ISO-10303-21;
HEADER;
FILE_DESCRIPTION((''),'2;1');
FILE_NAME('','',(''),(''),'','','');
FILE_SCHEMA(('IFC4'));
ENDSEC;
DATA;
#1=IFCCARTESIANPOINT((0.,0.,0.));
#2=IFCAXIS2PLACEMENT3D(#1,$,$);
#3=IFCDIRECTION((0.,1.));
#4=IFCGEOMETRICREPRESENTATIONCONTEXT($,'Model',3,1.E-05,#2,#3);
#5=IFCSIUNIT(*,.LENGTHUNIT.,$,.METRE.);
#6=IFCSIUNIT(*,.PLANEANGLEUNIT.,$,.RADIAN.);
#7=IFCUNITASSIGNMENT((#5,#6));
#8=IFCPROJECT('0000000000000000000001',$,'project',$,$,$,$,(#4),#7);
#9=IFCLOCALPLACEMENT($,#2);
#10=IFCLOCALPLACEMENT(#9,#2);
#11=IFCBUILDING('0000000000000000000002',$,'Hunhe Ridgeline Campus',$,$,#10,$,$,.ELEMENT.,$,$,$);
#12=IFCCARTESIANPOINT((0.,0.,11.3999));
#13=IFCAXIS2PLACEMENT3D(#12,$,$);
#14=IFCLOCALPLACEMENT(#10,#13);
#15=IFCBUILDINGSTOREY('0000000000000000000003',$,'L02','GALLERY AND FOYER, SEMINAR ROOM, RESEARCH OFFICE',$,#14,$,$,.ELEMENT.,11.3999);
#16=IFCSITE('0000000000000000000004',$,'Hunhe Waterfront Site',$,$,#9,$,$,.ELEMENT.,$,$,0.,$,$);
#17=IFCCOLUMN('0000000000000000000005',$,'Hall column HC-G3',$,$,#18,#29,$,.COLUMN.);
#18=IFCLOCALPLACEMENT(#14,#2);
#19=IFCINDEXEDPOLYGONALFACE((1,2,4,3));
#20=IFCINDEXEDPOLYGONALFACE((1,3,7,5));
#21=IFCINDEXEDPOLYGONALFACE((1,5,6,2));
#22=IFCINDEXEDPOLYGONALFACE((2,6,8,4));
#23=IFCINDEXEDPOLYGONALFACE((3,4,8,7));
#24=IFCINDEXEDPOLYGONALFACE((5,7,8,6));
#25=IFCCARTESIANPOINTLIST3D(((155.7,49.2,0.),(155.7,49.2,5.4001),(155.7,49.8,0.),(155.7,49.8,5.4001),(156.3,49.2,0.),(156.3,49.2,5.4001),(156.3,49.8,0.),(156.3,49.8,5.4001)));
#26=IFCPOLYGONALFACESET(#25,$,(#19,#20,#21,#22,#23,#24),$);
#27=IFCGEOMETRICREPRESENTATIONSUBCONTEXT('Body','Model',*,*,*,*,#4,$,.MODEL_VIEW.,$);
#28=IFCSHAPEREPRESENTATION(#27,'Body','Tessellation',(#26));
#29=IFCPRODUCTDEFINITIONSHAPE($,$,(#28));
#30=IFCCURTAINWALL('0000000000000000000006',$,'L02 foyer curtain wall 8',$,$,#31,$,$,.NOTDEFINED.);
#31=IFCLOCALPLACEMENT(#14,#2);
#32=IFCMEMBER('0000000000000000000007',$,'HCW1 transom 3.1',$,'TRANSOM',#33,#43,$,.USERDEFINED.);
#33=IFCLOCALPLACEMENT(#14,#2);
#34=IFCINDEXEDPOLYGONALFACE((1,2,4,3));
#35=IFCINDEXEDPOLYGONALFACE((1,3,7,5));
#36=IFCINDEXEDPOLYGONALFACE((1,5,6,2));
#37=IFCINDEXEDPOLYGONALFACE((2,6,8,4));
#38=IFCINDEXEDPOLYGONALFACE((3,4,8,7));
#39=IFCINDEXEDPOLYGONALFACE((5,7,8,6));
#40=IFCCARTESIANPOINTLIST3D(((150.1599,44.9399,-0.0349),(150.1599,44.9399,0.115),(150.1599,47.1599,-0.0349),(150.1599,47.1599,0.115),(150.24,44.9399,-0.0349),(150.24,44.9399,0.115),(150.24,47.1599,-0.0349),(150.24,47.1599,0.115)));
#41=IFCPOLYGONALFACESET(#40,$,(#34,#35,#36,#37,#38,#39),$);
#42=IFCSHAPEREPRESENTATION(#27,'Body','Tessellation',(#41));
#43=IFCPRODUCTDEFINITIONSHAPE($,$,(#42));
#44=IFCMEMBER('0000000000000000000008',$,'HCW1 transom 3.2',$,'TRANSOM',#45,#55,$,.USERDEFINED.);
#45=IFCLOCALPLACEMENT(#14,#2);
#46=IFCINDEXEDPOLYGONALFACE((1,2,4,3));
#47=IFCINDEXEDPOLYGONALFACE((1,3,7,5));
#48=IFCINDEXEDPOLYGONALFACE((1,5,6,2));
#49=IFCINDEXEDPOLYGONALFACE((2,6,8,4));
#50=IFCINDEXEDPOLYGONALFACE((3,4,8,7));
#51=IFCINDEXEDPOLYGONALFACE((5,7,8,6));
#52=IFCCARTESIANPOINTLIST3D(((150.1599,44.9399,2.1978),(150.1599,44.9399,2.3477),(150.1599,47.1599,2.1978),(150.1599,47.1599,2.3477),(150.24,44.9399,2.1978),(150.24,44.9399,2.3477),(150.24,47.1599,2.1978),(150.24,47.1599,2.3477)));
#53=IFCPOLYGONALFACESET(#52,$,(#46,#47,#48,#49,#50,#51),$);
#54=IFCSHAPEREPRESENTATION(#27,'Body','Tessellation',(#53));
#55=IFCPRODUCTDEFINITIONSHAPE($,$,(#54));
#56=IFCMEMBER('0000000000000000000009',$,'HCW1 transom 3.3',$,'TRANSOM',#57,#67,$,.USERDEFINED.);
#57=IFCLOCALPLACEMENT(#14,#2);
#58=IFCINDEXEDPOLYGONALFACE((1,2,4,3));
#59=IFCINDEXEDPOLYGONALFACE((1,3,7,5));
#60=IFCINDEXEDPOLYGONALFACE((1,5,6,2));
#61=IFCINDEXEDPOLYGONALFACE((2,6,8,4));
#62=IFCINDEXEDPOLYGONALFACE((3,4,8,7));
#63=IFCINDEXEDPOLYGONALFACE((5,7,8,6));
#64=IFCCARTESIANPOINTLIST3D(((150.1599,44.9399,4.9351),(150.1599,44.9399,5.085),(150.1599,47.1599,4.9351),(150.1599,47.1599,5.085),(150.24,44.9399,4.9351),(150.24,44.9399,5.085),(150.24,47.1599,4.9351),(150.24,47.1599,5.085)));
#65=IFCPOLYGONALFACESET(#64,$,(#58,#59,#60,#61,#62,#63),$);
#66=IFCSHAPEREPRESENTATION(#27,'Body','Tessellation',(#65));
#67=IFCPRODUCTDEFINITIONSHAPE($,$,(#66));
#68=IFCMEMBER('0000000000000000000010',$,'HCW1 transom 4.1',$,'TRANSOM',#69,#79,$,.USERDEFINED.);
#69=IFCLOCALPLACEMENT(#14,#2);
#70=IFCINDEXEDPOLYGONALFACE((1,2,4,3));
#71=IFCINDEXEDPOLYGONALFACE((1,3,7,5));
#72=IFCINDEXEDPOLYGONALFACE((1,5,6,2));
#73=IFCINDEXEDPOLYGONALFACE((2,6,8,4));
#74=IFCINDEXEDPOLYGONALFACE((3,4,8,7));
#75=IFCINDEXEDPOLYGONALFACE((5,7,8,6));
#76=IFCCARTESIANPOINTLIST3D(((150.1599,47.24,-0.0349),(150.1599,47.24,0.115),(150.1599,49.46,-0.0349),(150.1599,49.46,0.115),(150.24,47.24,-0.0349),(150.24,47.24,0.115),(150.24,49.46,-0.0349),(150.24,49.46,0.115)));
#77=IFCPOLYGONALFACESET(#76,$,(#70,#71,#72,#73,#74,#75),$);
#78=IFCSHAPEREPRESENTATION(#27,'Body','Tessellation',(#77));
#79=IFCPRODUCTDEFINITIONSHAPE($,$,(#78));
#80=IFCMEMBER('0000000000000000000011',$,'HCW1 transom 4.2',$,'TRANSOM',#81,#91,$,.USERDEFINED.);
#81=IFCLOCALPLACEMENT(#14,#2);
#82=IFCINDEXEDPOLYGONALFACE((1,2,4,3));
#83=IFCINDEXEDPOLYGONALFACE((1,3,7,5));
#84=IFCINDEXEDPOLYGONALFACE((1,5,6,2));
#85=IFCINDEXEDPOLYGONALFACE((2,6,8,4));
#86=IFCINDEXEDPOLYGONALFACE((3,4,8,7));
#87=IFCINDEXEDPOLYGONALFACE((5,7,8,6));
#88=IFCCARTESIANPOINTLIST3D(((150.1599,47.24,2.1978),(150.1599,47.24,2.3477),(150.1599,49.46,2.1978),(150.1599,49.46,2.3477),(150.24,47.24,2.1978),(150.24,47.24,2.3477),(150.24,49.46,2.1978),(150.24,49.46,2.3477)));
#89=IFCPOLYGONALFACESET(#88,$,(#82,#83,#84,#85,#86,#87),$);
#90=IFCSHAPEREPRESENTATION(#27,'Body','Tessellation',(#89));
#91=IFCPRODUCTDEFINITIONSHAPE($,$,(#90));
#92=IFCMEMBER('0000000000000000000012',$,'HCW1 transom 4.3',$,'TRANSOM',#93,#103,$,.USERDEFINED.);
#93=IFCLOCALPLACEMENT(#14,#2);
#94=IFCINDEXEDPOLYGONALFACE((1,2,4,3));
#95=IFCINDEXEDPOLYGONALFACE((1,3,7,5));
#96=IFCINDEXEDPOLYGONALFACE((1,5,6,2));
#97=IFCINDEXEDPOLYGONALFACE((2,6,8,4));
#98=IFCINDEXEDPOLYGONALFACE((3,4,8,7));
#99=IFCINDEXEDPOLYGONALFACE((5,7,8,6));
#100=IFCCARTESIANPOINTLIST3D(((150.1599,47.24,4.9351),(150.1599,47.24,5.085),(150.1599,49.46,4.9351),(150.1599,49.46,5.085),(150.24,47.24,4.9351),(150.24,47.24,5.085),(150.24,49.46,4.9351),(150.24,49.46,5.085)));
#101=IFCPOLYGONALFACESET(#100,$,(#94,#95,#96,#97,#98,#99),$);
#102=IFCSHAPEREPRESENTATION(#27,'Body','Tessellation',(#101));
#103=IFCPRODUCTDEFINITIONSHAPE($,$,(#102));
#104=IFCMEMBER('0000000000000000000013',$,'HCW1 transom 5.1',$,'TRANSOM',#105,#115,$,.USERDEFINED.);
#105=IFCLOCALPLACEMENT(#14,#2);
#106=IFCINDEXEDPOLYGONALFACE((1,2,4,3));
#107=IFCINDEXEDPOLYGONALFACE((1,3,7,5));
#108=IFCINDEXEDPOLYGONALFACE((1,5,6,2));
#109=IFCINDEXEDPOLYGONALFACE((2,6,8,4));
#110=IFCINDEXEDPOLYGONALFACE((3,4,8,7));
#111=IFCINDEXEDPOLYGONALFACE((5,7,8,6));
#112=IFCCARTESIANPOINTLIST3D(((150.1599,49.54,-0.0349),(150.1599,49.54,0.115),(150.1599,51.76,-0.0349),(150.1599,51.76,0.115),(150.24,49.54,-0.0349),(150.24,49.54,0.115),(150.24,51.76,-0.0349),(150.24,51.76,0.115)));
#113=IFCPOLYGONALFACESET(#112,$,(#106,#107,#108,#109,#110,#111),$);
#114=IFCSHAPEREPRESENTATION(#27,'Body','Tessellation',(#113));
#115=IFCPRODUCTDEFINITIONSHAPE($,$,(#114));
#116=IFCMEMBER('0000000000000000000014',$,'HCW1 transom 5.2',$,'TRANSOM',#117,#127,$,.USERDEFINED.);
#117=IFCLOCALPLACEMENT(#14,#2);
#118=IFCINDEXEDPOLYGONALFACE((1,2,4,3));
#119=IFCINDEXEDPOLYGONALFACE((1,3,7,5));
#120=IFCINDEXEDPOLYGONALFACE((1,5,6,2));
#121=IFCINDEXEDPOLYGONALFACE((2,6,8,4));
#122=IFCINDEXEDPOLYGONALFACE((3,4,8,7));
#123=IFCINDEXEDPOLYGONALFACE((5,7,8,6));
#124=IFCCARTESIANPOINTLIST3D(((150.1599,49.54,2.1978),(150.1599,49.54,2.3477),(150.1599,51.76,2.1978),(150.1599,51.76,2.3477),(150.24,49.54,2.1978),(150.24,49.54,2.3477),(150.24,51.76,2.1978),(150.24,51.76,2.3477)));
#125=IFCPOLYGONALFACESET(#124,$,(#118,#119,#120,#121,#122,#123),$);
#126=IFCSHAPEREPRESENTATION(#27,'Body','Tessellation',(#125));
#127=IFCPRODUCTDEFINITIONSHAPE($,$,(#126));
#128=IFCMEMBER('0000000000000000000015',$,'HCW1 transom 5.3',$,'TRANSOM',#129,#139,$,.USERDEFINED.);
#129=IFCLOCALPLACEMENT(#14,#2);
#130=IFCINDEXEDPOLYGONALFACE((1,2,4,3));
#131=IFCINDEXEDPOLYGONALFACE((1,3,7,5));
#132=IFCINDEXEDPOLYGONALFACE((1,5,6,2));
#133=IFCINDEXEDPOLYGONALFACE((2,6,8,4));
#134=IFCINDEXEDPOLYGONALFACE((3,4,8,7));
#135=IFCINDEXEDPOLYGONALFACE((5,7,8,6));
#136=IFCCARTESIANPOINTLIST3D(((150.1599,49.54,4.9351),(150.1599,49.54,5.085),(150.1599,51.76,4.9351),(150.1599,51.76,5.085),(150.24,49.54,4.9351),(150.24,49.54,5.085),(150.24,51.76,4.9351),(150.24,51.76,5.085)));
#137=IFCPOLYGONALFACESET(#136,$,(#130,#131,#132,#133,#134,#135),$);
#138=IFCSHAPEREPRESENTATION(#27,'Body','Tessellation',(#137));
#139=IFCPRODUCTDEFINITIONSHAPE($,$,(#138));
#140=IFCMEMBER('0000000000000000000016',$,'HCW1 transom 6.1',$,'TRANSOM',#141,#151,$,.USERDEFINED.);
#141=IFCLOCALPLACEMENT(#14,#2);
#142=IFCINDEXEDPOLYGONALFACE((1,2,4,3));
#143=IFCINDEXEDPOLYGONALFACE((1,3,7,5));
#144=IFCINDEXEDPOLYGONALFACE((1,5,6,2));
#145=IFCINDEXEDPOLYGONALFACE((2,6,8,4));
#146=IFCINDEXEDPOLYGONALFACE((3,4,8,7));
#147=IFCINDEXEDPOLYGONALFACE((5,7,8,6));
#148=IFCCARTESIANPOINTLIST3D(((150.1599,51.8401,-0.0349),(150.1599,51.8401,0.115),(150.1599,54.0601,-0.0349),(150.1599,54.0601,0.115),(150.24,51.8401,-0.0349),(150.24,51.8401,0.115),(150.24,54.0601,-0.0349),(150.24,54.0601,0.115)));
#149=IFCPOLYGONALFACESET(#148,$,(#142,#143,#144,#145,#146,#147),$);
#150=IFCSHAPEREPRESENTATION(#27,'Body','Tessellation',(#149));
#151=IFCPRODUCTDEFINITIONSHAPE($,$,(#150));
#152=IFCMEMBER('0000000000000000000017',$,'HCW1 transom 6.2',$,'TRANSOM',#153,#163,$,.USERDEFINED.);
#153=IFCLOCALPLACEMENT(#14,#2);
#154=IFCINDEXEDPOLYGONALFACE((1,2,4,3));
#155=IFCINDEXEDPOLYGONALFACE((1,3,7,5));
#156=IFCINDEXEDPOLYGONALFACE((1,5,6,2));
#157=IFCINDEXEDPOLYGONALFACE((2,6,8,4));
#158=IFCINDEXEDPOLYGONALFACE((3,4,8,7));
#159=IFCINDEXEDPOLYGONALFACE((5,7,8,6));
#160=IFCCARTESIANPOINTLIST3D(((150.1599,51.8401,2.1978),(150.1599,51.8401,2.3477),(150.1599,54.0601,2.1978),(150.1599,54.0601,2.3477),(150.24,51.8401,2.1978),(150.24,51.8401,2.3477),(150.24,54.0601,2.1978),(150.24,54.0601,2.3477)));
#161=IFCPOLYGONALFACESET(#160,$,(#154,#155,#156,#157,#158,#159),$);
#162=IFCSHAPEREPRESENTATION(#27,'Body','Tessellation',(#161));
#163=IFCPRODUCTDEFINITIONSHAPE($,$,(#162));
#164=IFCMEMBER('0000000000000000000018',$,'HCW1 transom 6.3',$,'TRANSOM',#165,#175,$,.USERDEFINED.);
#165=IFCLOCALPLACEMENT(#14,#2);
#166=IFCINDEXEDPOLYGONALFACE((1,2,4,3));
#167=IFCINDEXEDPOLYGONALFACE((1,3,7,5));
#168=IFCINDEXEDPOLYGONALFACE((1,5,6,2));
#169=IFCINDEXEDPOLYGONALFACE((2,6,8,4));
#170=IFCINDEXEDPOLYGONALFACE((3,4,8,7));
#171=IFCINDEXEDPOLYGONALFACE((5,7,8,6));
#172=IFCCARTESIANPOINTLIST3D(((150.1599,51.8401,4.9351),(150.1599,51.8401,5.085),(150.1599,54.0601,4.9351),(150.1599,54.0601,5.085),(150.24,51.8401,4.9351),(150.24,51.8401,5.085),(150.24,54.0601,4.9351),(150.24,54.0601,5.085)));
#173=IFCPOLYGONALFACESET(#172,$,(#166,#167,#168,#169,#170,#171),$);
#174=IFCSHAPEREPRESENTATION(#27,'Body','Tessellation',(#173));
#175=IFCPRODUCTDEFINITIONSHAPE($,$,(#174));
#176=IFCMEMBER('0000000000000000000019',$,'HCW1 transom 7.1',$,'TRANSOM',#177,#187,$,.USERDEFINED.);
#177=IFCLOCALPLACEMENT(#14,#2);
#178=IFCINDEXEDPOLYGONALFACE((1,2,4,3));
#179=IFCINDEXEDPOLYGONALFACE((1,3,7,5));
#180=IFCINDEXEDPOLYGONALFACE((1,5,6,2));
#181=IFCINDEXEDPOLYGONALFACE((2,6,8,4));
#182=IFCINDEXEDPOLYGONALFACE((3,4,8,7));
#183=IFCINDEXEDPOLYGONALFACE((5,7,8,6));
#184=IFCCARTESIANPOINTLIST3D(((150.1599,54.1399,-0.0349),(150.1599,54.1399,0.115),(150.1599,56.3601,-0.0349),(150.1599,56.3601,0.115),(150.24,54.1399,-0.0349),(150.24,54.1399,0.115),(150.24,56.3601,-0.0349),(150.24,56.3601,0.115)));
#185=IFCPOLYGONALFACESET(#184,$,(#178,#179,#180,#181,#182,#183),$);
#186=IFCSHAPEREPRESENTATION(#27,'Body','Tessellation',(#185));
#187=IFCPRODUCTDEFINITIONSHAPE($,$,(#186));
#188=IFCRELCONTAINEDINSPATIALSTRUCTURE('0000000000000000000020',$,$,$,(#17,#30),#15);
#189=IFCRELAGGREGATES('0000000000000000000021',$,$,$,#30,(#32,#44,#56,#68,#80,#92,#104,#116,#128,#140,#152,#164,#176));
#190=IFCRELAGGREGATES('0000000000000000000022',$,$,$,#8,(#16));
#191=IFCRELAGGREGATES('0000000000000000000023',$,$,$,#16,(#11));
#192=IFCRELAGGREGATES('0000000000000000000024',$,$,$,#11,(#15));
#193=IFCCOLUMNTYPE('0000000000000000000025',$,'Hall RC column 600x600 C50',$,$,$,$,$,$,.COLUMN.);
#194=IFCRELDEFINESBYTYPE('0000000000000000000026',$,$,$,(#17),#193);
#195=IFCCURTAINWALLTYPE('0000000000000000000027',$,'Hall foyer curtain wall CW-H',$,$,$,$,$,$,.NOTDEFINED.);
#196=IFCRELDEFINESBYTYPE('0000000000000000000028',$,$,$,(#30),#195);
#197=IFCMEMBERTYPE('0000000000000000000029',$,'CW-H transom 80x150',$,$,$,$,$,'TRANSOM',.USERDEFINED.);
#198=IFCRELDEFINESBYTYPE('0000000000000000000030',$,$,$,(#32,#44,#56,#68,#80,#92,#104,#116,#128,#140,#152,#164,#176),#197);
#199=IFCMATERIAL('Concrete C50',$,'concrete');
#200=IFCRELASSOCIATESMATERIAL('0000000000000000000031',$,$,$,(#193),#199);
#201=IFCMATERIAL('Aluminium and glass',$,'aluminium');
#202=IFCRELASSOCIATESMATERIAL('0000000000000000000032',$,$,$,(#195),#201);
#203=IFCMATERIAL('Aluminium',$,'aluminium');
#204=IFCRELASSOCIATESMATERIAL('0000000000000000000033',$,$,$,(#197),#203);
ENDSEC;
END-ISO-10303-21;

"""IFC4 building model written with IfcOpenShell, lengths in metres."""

from ifc_helpers import new_model, si_unit, direction, frame, origin, origin_2d, place, context, subcontext, project, spatial, rectangle, extrude, material, material_profile, profile_set, type_object, element, aggregate, save


model = new_model("IFC4")

# Units and contexts
model_context = context("Model", 3, precision=1e-05, world=origin(), true_north=direction((0.0, 1.0)))
body_context = subcontext(model_context, "Body", "Model", "MODEL_VIEW")
ifc_project = project(units=[si_unit("LENGTHUNIT", "METRE"), si_unit("PLANEANGLEUNIT", "RADIAN")], contexts=[model_context])

# Site, building, storey
site_placement = place(None, origin())
site = spatial("IfcSite", under=ifc_project, at=site_placement, Name="Hunhe Waterfront Site", CompositionType="ELEMENT", RefElevation=0.0)
building_placement = place(site_placement, origin())
building = spatial("IfcBuilding", under=site, at=building_placement, Name="Hunhe Ridgeline Campus", CompositionType="ELEMENT")
storey_placement = place(building_placement, frame((0.0, 0.0, 11.3999)))
storey = spatial("IfcBuildingStorey", under=building, at=storey_placement, Name="L02", Description="GALLERY AND FOYER, SEMINAR ROOM, RESEARCH OFFICE", CompositionType="ELEMENT", Elevation=11.3999)

# Column
ifc_material_1 = material(Name="Concrete C50", Category="concrete")
ifc_material_profile_1 = material_profile(ifc_material_1, rectangle(XDim=0.6001, YDim=0.6001, at=origin_2d()))
ifc_profile_set_1 = profile_set([ifc_material_profile_1], Name="Concrete C50")
column_type = type_object("IfcColumnType", Name="Hall RC column 600x600 C50", PredefinedType="COLUMN", material=ifc_profile_set_1)
column_placement = place(storey_placement, frame((156.0, 49.5, 0.0), z_axis=(0.0, 0.0, 1.0), x_axis=(1.0, 0.0, 0.0)))
element("IfcColumn", 1, at=column_placement, inside=storey, type_object=column_type, Name="Hall column HC-G3", PredefinedType="COLUMN", context=body_context, shape_type="SweptSolid", body=[
    extrude(rectangle(XDim=0.6001, YDim=0.6001, at=origin_2d()), origin(), (0.0, 0.0, 1.0), 5.4001),
])

# Curtain wall, members
ifc_material_2 = material(Name="Aluminium and glass", Category="aluminium")
curtain_wall_type = type_object("IfcCurtainWallType", Name="Hall foyer curtain wall CW-H", PredefinedType="NOTDEFINED", material=ifc_material_2)
curtain_wall_placement = place(storey_placement, origin())
curtain_wall = element("IfcCurtainWall", 2, at=curtain_wall_placement, inside=storey, type_object=curtain_wall_type, Name="L02 foyer curtain wall 8", PredefinedType="NOTDEFINED")
ifc_material_3 = material(Name="Aluminium", Category="aluminium")
ifc_material_profile_2 = material_profile(ifc_material_3, rectangle(XDim=0.0801, YDim=0.1499, at=origin_2d()))
ifc_profile_set_2 = profile_set([ifc_material_profile_2], Name="Aluminium")
member_type = type_object("IfcMemberType", Name="CW-H transom 80x150", ElementType="TRANSOM", PredefinedType="USERDEFINED", material=ifc_profile_set_2)
member_1_placement = place(storey_placement, frame((150.2, 44.9399, 0.04), z_axis=(0.0, 1.0, 0.0), x_axis=(-1.0, 0.0, 0.0)))
member_1 = element("IfcMember", 3, at=member_1_placement, type_object=member_type, Name="HCW1 transom 3.1", ObjectType="TRANSOM", PredefinedType="USERDEFINED", context=body_context, shape_type="SweptSolid", body=[
    extrude(rectangle(XDim=0.0801, YDim=0.1499, at=origin_2d()), origin(), (0.0, 0.0, 1.0), 2.22),
])
member_2_placement = place(storey_placement, frame((150.2, 44.9399, 2.2727), z_axis=(0.0, 1.0, 0.0), x_axis=(-1.0, 0.0, 0.0)))
member_2 = element("IfcMember", 4, at=member_2_placement, type_object=member_type, Name="HCW1 transom 3.2", ObjectType="TRANSOM", PredefinedType="USERDEFINED", context=body_context, shape_type="SweptSolid", body=[
    extrude(rectangle(XDim=0.0801, YDim=0.1499, at=origin_2d()), origin(), (0.0, 0.0, 1.0), 2.22),
])
member_3_placement = place(storey_placement, frame((150.2, 44.9399, 5.01), z_axis=(0.0, 1.0, 0.0), x_axis=(-1.0, 0.0, 0.0)))
member_3 = element("IfcMember", 5, at=member_3_placement, type_object=member_type, Name="HCW1 transom 3.3", ObjectType="TRANSOM", PredefinedType="USERDEFINED", context=body_context, shape_type="SweptSolid", body=[
    extrude(rectangle(XDim=0.0801, YDim=0.1499, at=origin_2d()), origin(), (0.0, 0.0, 1.0), 2.22),
])
member_4_placement = place(storey_placement, frame((150.2, 47.24, 0.04), z_axis=(0.0, 1.0, 0.0), x_axis=(-1.0, 0.0, 0.0)))
member_4 = element("IfcMember", 6, at=member_4_placement, type_object=member_type, Name="HCW1 transom 4.1", ObjectType="TRANSOM", PredefinedType="USERDEFINED", context=body_context, shape_type="SweptSolid", body=[
    extrude(rectangle(XDim=0.0801, YDim=0.1499, at=origin_2d()), origin(), (0.0, 0.0, 1.0), 2.22),
])
member_5_placement = place(storey_placement, frame((150.2, 47.24, 2.2727), z_axis=(0.0, 1.0, 0.0), x_axis=(-1.0, 0.0, 0.0)))
member_5 = element("IfcMember", 7, at=member_5_placement, type_object=member_type, Name="HCW1 transom 4.2", ObjectType="TRANSOM", PredefinedType="USERDEFINED", context=body_context, shape_type="SweptSolid", body=[
    extrude(rectangle(XDim=0.0801, YDim=0.1499, at=origin_2d()), origin(), (0.0, 0.0, 1.0), 2.22),
])
member_6_placement = place(storey_placement, frame((150.2, 47.24, 5.01), z_axis=(0.0, 1.0, 0.0), x_axis=(-1.0, 0.0, 0.0)))
member_6 = element("IfcMember", 8, at=member_6_placement, type_object=member_type, Name="HCW1 transom 4.3", ObjectType="TRANSOM", PredefinedType="USERDEFINED", context=body_context, shape_type="SweptSolid", body=[
    extrude(rectangle(XDim=0.0801, YDim=0.1499, at=origin_2d()), origin(), (0.0, 0.0, 1.0), 2.22),
])
member_7_placement = place(storey_placement, frame((150.2, 49.54, 0.04), z_axis=(0.0, 1.0, 0.0), x_axis=(-1.0, 0.0, 0.0)))
member_7 = element("IfcMember", 9, at=member_7_placement, type_object=member_type, Name="HCW1 transom 5.1", ObjectType="TRANSOM", PredefinedType="USERDEFINED", context=body_context, shape_type="SweptSolid", body=[
    extrude(rectangle(XDim=0.0801, YDim=0.1499, at=origin_2d()), origin(), (0.0, 0.0, 1.0), 2.22),
])
member_8_placement = place(storey_placement, frame((150.2, 49.54, 2.2727), z_axis=(0.0, 1.0, 0.0), x_axis=(-1.0, 0.0, 0.0)))
member_8 = element("IfcMember", 10, at=member_8_placement, type_object=member_type, Name="HCW1 transom 5.2", ObjectType="TRANSOM", PredefinedType="USERDEFINED", context=body_context, shape_type="SweptSolid", body=[
    extrude(rectangle(XDim=0.0801, YDim=0.1499, at=origin_2d()), origin(), (0.0, 0.0, 1.0), 2.22),
])
member_9_placement = place(storey_placement, frame((150.2, 49.54, 5.01), z_axis=(0.0, 1.0, 0.0), x_axis=(-1.0, 0.0, 0.0)))
member_9 = element("IfcMember", 11, at=member_9_placement, type_object=member_type, Name="HCW1 transom 5.3", ObjectType="TRANSOM", PredefinedType="USERDEFINED", context=body_context, shape_type="SweptSolid", body=[
    extrude(rectangle(XDim=0.0801, YDim=0.1499, at=origin_2d()), origin(), (0.0, 0.0, 1.0), 2.22),
])
member_10_placement = place(storey_placement, frame((150.2, 51.8401, 0.04), z_axis=(0.0, 1.0, 0.0), x_axis=(-1.0, 0.0, 0.0)))
member_10 = element("IfcMember", 12, at=member_10_placement, type_object=member_type, Name="HCW1 transom 6.1", ObjectType="TRANSOM", PredefinedType="USERDEFINED", context=body_context, shape_type="SweptSolid", body=[
    extrude(rectangle(XDim=0.0801, YDim=0.1499, at=origin_2d()), origin(), (0.0, 0.0, 1.0), 2.22),
])
member_11_placement = place(storey_placement, frame((150.2, 51.8401, 2.2727), z_axis=(0.0, 1.0, 0.0), x_axis=(-1.0, 0.0, 0.0)))
member_11 = element("IfcMember", 13, at=member_11_placement, type_object=member_type, Name="HCW1 transom 6.2", ObjectType="TRANSOM", PredefinedType="USERDEFINED", context=body_context, shape_type="SweptSolid", body=[
    extrude(rectangle(XDim=0.0801, YDim=0.1499, at=origin_2d()), origin(), (0.0, 0.0, 1.0), 2.22),
])
member_12_placement = place(storey_placement, frame((150.2, 51.8401, 5.01), z_axis=(0.0, 1.0, 0.0), x_axis=(-1.0, 0.0, 0.0)))
member_12 = element("IfcMember", 14, at=member_12_placement, type_object=member_type, Name="HCW1 transom 6.3", ObjectType="TRANSOM", PredefinedType="USERDEFINED", context=body_context, shape_type="SweptSolid", body=[
    extrude(rectangle(XDim=0.0801, YDim=0.1499, at=origin_2d()), origin(), (0.0, 0.0, 1.0), 2.22),
])
member_13_placement = place(storey_placement, frame((150.2, 54.1399, 0.04), z_axis=(0.0, 1.0, 0.0), x_axis=(-1.0, 0.0, 0.0)))
member_13 = element("IfcMember", 15, at=member_13_placement, type_object=member_type, Name="HCW1 transom 7.1", ObjectType="TRANSOM", PredefinedType="USERDEFINED", context=body_context, shape_type="SweptSolid", body=[
    extrude(rectangle(XDim=0.0801, YDim=0.1499, at=origin_2d()), origin(), (0.0, 0.0, 1.0), 2.2202),
])

aggregate(curtain_wall, [member_1, member_2, member_3, member_4, member_5, member_6, member_7, member_8, member_9, member_10, member_11, member_12, member_13])

save(model, "model.ifc")
